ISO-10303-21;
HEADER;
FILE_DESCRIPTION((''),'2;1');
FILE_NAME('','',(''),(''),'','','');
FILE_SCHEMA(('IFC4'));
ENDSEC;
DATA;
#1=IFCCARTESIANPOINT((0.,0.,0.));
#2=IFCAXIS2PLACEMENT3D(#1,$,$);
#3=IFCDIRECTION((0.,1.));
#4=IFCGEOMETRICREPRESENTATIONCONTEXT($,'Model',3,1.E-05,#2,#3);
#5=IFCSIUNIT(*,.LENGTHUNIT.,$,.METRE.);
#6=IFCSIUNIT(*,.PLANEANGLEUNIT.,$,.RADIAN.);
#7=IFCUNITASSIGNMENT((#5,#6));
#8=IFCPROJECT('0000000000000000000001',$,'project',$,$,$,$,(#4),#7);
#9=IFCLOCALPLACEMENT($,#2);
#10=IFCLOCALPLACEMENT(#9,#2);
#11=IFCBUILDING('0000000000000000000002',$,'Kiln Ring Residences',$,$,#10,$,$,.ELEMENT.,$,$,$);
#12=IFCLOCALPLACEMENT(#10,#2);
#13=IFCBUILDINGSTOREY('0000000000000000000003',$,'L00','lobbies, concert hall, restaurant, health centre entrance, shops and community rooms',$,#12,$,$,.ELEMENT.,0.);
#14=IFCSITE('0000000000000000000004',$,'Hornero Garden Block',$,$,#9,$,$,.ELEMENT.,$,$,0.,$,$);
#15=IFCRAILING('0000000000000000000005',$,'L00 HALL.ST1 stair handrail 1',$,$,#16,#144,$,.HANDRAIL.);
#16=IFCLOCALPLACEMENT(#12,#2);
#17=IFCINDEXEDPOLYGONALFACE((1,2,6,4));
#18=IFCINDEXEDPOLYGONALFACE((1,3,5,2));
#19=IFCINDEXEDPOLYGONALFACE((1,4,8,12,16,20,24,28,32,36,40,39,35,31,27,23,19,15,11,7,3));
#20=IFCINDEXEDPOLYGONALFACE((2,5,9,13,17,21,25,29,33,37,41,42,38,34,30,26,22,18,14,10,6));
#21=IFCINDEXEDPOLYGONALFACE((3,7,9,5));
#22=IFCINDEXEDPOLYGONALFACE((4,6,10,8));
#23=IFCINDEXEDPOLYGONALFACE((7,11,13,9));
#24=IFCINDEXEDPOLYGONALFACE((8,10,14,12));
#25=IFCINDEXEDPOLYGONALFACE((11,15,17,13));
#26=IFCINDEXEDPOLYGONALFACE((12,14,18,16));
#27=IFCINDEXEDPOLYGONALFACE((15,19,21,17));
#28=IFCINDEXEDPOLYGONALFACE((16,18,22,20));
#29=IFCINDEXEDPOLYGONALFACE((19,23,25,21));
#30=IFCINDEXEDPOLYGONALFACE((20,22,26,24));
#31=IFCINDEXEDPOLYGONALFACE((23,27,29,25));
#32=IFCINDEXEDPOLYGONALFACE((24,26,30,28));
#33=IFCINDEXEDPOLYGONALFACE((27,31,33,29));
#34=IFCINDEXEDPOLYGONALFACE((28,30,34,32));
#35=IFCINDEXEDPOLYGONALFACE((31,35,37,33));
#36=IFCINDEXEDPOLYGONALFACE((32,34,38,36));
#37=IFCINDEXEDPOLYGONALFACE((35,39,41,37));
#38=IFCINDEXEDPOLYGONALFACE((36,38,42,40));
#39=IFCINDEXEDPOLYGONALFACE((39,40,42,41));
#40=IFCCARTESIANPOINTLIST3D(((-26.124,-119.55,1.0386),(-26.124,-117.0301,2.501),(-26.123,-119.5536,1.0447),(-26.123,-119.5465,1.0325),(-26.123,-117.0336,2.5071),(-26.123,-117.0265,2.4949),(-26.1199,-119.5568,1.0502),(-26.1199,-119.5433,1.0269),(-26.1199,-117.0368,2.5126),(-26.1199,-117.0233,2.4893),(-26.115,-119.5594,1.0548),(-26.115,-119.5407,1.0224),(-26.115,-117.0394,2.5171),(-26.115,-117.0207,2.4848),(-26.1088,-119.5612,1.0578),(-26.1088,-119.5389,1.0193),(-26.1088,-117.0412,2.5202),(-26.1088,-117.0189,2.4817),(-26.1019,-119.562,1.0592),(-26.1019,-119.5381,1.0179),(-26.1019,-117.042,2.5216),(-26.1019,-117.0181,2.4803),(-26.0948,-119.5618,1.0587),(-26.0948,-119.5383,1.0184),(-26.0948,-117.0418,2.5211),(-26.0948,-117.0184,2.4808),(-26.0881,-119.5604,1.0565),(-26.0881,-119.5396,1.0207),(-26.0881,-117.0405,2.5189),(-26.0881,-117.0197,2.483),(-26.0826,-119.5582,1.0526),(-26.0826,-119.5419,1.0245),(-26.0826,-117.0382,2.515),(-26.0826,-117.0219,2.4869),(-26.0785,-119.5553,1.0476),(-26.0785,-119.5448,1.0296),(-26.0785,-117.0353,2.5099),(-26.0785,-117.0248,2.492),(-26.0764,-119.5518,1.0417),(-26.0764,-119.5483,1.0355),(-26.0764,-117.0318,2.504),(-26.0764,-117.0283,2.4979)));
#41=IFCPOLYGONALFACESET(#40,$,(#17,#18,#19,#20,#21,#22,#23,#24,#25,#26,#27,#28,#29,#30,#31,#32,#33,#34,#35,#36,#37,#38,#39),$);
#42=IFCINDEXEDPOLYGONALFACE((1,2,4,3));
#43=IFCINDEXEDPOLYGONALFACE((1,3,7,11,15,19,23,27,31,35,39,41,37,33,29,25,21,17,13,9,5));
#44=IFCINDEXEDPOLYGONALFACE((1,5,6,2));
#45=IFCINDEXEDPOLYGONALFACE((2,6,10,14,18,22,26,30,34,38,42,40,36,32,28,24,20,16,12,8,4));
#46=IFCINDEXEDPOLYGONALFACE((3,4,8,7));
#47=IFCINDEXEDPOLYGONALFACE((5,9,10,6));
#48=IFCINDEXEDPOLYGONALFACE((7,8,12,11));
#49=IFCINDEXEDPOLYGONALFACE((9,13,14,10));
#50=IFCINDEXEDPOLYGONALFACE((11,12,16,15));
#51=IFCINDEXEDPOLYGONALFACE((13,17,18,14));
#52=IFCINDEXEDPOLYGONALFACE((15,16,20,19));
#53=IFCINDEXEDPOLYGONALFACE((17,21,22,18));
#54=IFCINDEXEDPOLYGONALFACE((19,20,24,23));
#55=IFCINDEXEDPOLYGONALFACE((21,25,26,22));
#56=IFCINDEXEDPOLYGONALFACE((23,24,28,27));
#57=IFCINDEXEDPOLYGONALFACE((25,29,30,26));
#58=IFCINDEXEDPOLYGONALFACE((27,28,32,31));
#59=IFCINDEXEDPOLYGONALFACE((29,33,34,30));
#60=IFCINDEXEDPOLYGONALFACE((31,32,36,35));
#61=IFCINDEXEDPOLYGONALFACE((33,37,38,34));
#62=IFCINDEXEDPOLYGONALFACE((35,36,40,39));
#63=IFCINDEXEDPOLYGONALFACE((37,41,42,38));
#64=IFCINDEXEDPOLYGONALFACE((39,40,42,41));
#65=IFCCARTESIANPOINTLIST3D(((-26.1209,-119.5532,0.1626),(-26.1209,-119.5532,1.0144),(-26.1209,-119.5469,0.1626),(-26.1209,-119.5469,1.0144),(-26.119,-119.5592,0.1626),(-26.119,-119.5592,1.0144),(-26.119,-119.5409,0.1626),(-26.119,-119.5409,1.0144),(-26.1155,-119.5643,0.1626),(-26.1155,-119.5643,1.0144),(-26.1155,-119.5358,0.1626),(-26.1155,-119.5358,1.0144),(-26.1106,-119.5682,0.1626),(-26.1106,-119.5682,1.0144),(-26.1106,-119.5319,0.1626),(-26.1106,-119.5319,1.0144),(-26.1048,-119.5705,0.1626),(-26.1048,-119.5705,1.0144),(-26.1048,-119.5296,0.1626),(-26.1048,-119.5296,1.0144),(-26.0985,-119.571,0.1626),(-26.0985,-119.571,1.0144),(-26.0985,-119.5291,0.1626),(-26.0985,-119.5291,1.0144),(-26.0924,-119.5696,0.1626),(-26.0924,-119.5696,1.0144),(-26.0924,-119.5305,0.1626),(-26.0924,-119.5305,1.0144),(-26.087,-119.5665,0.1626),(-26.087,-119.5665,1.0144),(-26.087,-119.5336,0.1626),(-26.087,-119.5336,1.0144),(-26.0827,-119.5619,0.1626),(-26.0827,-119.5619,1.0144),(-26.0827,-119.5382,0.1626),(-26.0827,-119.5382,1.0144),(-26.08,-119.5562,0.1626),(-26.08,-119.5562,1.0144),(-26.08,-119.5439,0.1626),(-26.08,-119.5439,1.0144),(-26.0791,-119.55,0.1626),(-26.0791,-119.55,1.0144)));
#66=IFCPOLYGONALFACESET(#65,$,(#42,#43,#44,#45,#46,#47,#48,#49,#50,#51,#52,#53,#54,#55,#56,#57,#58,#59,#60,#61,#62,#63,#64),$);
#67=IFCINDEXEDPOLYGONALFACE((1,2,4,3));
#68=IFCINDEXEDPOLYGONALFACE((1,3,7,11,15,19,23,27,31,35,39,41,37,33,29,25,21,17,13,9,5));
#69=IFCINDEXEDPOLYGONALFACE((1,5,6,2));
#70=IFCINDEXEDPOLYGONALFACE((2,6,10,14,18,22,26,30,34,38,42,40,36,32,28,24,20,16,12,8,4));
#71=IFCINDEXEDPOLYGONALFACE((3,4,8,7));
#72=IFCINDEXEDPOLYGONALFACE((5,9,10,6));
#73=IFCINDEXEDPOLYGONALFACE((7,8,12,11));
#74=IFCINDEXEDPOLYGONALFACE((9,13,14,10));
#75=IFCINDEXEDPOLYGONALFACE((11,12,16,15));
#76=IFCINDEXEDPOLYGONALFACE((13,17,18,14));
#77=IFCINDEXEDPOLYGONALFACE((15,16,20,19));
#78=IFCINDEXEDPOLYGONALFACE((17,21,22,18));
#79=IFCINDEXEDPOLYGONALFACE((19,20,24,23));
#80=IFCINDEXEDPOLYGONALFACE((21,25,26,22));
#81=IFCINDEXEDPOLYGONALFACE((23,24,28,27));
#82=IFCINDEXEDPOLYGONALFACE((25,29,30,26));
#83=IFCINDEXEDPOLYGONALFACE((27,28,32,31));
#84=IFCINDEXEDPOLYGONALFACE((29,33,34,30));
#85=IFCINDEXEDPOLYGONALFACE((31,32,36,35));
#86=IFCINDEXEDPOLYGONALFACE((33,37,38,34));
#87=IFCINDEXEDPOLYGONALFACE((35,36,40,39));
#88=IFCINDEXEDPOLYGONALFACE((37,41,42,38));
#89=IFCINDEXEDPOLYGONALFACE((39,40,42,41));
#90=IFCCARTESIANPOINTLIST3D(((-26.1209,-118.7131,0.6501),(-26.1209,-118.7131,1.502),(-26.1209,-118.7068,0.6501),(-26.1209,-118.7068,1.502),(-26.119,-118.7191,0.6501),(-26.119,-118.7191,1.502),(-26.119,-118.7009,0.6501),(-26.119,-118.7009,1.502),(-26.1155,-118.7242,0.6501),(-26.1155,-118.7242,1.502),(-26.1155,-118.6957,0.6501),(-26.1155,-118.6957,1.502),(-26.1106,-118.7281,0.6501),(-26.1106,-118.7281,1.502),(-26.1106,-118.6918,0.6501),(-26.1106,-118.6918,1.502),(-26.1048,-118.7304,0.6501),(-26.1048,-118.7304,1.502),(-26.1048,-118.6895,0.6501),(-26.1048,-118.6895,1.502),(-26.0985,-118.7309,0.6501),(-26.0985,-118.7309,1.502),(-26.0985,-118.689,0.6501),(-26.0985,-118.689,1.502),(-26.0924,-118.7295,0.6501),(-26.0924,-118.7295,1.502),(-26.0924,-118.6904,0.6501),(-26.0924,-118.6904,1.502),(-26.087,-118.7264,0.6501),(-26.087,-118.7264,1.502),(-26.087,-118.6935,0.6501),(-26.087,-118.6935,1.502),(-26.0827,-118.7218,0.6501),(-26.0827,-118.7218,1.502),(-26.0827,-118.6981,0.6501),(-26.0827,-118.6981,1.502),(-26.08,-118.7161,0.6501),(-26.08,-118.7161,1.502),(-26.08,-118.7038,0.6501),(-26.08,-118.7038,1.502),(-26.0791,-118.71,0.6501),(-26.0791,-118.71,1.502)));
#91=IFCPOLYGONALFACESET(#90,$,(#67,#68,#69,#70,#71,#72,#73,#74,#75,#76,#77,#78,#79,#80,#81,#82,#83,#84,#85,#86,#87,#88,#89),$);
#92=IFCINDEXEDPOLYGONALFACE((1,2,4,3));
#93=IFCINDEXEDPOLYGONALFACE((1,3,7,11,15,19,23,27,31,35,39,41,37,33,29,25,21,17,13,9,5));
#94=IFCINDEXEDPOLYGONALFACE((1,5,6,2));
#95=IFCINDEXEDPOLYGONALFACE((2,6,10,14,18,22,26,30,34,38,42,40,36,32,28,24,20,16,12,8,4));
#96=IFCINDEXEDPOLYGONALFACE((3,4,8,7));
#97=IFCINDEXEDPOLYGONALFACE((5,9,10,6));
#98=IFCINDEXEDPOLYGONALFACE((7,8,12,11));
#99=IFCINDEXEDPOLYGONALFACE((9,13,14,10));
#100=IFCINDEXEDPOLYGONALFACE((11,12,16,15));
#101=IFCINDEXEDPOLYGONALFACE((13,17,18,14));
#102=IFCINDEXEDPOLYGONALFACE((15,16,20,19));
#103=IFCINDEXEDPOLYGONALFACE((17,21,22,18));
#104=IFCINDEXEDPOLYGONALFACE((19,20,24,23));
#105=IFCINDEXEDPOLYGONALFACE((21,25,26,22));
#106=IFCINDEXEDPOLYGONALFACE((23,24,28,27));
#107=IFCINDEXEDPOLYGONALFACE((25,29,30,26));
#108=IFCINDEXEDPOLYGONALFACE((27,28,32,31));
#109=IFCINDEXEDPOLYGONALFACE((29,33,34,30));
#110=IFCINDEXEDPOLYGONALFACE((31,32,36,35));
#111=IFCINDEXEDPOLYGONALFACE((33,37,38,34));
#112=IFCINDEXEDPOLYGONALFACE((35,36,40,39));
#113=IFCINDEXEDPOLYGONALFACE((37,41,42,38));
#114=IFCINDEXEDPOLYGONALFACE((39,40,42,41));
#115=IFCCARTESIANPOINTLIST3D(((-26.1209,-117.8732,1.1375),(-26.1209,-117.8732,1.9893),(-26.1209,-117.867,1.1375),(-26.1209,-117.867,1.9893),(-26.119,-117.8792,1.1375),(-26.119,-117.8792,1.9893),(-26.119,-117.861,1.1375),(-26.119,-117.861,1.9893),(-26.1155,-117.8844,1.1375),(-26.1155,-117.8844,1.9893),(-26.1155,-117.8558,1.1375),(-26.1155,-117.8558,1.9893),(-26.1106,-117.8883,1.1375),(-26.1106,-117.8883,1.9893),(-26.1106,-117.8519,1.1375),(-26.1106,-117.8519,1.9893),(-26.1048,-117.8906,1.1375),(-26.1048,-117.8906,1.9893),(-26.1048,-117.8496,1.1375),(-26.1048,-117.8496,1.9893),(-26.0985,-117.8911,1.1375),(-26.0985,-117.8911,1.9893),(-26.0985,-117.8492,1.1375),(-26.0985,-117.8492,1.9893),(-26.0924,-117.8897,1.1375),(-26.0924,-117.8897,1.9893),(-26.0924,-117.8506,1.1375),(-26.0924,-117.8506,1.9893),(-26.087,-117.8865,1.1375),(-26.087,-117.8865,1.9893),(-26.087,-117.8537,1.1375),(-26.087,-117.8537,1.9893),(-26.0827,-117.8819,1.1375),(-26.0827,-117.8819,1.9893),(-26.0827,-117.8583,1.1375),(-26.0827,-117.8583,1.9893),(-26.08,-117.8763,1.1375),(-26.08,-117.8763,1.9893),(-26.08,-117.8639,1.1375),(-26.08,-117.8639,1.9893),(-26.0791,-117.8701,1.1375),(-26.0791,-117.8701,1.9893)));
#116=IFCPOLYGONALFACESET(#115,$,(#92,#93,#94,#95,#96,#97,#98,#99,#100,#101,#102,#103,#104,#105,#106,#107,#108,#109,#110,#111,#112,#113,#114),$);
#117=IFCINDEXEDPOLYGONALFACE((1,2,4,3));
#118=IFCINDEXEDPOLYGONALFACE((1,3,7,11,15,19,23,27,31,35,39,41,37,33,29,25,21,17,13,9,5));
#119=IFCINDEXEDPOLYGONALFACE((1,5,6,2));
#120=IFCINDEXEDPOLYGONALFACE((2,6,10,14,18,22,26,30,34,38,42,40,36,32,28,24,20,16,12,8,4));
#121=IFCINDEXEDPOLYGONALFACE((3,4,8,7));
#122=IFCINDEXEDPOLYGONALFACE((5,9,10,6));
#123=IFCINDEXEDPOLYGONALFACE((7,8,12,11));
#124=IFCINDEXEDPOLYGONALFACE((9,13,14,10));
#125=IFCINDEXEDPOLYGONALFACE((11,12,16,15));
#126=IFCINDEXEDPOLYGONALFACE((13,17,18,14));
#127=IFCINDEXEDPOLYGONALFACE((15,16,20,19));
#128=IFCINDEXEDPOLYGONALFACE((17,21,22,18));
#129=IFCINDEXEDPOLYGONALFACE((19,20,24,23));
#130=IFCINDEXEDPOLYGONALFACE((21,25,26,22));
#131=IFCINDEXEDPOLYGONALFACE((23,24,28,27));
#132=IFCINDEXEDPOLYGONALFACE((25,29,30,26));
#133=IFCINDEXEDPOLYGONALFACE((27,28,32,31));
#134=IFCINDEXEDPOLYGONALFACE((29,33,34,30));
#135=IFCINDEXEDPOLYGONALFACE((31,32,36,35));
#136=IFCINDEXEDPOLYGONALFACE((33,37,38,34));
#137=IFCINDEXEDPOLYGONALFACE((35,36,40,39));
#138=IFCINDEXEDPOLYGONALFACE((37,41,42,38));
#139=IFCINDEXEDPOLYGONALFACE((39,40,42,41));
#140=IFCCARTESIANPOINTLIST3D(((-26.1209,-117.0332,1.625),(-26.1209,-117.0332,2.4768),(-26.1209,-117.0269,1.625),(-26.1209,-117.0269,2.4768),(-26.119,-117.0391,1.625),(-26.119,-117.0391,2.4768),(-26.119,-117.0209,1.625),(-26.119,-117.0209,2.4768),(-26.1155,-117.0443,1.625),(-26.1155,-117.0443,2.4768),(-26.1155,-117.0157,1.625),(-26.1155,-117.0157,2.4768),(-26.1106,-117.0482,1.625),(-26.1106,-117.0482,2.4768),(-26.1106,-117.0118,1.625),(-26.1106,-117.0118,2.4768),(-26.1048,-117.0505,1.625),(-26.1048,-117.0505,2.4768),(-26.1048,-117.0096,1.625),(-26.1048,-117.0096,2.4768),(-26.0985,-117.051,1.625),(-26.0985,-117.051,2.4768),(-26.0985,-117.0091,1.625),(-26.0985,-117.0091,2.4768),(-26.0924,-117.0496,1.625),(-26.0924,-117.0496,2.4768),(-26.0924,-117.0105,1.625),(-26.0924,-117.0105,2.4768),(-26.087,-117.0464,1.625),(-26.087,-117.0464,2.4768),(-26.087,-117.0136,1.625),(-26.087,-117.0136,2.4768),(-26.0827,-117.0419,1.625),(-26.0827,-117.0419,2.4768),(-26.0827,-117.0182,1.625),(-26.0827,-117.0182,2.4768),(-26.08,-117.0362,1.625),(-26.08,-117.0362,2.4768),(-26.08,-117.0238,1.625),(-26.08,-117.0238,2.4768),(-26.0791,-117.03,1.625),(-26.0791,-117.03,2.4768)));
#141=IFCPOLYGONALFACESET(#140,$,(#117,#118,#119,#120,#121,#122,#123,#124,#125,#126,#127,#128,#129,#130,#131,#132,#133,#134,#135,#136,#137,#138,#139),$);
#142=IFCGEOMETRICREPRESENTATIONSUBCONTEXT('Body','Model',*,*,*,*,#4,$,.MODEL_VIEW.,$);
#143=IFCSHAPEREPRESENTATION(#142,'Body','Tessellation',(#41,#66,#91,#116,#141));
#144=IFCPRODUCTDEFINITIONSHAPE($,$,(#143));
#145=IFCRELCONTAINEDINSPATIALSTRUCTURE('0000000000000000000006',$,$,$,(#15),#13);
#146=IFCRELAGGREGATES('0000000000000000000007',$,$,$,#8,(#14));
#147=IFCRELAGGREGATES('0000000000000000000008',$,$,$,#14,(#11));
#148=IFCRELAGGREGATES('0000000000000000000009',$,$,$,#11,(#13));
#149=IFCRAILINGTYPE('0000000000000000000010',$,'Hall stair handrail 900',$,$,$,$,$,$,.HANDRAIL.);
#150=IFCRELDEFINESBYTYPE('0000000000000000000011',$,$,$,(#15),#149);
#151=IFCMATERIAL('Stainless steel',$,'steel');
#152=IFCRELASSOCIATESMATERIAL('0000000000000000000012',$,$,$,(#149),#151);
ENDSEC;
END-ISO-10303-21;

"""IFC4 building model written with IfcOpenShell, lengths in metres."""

from ifc_helpers import new_model, si_unit, direction, frame, origin, origin_2d, place, context, subcontext, project, spatial, circle, extrude, material, type_object, element, save


model = new_model("IFC4")

# Units and contexts
model_context = context("Model", 3, precision=1e-05, world=origin(), true_north=direction((0.0, 1.0)))
body_context = subcontext(model_context, "Body", "Model", "MODEL_VIEW")
ifc_project = project(units=[si_unit("LENGTHUNIT", "METRE"), si_unit("PLANEANGLEUNIT", "RADIAN")], contexts=[model_context])

# Site, building, storey
site_placement = place(None, origin())
site = spatial("IfcSite", under=ifc_project, at=site_placement, Name="Hornero Garden Block", CompositionType="ELEMENT", RefElevation=0.0)
building_placement = place(site_placement, origin())
building = spatial("IfcBuilding", under=site, at=building_placement, Name="Kiln Ring Residences", CompositionType="ELEMENT")
storey_placement = place(building_placement, origin())
storey = spatial("IfcBuildingStorey", under=building, at=storey_placement, Name="L00", Description="lobbies, concert hall, restaurant, health centre entrance, shops and community rooms", CompositionType="ELEMENT", Elevation=0.0)

# Railing
ifc_material_1 = material(Name="Stainless steel", Category="steel")
railing_type_1 = type_object("IfcRailingType", Name="Hall stair handrail 900", PredefinedType="HANDRAIL", material=ifc_material_1)
for number, where, name in (
    (1, (-26.1001, -119.55, 0.1626), "L00 HALL.ST1 stair handrail 1"),
):
    element("IfcRailing", number, at=place(storey_placement, frame(where)), inside=storey, type_object=railing_type_1, Name=name, PredefinedType="HANDRAIL", context=body_context, shape_type="SweptSolid", body=[
        extrude(circle(Radius=0.0239, at=origin_2d()), frame((0.0, 0.0, 0.876), z_axis=(0.0, 0.864913, 0.501921), x_axis=(-1.0, 0.0, 0.0)), (0.0, 0.0, 1.0), 2.9136),
        extrude(circle(Radius=0.021, at=origin_2d()), origin(), (0.0, 0.0, 1.0), 0.8518),
        extrude(circle(Radius=0.021, at=origin_2d()), frame((0.0, 0.8401, 0.4875)), (0.0, 0.0, 1.0), 0.8518),
        extrude(circle(Radius=0.021, at=origin_2d()), frame((0.0, 1.6799, 0.9749)), (0.0, 0.0, 1.0), 0.8518),
        extrude(circle(Radius=0.021, at=origin_2d()), frame((0.0, 2.52, 1.4624)), (0.0, 0.0, 1.0), 0.8518),
    ])

save(model, "model.ifc")
